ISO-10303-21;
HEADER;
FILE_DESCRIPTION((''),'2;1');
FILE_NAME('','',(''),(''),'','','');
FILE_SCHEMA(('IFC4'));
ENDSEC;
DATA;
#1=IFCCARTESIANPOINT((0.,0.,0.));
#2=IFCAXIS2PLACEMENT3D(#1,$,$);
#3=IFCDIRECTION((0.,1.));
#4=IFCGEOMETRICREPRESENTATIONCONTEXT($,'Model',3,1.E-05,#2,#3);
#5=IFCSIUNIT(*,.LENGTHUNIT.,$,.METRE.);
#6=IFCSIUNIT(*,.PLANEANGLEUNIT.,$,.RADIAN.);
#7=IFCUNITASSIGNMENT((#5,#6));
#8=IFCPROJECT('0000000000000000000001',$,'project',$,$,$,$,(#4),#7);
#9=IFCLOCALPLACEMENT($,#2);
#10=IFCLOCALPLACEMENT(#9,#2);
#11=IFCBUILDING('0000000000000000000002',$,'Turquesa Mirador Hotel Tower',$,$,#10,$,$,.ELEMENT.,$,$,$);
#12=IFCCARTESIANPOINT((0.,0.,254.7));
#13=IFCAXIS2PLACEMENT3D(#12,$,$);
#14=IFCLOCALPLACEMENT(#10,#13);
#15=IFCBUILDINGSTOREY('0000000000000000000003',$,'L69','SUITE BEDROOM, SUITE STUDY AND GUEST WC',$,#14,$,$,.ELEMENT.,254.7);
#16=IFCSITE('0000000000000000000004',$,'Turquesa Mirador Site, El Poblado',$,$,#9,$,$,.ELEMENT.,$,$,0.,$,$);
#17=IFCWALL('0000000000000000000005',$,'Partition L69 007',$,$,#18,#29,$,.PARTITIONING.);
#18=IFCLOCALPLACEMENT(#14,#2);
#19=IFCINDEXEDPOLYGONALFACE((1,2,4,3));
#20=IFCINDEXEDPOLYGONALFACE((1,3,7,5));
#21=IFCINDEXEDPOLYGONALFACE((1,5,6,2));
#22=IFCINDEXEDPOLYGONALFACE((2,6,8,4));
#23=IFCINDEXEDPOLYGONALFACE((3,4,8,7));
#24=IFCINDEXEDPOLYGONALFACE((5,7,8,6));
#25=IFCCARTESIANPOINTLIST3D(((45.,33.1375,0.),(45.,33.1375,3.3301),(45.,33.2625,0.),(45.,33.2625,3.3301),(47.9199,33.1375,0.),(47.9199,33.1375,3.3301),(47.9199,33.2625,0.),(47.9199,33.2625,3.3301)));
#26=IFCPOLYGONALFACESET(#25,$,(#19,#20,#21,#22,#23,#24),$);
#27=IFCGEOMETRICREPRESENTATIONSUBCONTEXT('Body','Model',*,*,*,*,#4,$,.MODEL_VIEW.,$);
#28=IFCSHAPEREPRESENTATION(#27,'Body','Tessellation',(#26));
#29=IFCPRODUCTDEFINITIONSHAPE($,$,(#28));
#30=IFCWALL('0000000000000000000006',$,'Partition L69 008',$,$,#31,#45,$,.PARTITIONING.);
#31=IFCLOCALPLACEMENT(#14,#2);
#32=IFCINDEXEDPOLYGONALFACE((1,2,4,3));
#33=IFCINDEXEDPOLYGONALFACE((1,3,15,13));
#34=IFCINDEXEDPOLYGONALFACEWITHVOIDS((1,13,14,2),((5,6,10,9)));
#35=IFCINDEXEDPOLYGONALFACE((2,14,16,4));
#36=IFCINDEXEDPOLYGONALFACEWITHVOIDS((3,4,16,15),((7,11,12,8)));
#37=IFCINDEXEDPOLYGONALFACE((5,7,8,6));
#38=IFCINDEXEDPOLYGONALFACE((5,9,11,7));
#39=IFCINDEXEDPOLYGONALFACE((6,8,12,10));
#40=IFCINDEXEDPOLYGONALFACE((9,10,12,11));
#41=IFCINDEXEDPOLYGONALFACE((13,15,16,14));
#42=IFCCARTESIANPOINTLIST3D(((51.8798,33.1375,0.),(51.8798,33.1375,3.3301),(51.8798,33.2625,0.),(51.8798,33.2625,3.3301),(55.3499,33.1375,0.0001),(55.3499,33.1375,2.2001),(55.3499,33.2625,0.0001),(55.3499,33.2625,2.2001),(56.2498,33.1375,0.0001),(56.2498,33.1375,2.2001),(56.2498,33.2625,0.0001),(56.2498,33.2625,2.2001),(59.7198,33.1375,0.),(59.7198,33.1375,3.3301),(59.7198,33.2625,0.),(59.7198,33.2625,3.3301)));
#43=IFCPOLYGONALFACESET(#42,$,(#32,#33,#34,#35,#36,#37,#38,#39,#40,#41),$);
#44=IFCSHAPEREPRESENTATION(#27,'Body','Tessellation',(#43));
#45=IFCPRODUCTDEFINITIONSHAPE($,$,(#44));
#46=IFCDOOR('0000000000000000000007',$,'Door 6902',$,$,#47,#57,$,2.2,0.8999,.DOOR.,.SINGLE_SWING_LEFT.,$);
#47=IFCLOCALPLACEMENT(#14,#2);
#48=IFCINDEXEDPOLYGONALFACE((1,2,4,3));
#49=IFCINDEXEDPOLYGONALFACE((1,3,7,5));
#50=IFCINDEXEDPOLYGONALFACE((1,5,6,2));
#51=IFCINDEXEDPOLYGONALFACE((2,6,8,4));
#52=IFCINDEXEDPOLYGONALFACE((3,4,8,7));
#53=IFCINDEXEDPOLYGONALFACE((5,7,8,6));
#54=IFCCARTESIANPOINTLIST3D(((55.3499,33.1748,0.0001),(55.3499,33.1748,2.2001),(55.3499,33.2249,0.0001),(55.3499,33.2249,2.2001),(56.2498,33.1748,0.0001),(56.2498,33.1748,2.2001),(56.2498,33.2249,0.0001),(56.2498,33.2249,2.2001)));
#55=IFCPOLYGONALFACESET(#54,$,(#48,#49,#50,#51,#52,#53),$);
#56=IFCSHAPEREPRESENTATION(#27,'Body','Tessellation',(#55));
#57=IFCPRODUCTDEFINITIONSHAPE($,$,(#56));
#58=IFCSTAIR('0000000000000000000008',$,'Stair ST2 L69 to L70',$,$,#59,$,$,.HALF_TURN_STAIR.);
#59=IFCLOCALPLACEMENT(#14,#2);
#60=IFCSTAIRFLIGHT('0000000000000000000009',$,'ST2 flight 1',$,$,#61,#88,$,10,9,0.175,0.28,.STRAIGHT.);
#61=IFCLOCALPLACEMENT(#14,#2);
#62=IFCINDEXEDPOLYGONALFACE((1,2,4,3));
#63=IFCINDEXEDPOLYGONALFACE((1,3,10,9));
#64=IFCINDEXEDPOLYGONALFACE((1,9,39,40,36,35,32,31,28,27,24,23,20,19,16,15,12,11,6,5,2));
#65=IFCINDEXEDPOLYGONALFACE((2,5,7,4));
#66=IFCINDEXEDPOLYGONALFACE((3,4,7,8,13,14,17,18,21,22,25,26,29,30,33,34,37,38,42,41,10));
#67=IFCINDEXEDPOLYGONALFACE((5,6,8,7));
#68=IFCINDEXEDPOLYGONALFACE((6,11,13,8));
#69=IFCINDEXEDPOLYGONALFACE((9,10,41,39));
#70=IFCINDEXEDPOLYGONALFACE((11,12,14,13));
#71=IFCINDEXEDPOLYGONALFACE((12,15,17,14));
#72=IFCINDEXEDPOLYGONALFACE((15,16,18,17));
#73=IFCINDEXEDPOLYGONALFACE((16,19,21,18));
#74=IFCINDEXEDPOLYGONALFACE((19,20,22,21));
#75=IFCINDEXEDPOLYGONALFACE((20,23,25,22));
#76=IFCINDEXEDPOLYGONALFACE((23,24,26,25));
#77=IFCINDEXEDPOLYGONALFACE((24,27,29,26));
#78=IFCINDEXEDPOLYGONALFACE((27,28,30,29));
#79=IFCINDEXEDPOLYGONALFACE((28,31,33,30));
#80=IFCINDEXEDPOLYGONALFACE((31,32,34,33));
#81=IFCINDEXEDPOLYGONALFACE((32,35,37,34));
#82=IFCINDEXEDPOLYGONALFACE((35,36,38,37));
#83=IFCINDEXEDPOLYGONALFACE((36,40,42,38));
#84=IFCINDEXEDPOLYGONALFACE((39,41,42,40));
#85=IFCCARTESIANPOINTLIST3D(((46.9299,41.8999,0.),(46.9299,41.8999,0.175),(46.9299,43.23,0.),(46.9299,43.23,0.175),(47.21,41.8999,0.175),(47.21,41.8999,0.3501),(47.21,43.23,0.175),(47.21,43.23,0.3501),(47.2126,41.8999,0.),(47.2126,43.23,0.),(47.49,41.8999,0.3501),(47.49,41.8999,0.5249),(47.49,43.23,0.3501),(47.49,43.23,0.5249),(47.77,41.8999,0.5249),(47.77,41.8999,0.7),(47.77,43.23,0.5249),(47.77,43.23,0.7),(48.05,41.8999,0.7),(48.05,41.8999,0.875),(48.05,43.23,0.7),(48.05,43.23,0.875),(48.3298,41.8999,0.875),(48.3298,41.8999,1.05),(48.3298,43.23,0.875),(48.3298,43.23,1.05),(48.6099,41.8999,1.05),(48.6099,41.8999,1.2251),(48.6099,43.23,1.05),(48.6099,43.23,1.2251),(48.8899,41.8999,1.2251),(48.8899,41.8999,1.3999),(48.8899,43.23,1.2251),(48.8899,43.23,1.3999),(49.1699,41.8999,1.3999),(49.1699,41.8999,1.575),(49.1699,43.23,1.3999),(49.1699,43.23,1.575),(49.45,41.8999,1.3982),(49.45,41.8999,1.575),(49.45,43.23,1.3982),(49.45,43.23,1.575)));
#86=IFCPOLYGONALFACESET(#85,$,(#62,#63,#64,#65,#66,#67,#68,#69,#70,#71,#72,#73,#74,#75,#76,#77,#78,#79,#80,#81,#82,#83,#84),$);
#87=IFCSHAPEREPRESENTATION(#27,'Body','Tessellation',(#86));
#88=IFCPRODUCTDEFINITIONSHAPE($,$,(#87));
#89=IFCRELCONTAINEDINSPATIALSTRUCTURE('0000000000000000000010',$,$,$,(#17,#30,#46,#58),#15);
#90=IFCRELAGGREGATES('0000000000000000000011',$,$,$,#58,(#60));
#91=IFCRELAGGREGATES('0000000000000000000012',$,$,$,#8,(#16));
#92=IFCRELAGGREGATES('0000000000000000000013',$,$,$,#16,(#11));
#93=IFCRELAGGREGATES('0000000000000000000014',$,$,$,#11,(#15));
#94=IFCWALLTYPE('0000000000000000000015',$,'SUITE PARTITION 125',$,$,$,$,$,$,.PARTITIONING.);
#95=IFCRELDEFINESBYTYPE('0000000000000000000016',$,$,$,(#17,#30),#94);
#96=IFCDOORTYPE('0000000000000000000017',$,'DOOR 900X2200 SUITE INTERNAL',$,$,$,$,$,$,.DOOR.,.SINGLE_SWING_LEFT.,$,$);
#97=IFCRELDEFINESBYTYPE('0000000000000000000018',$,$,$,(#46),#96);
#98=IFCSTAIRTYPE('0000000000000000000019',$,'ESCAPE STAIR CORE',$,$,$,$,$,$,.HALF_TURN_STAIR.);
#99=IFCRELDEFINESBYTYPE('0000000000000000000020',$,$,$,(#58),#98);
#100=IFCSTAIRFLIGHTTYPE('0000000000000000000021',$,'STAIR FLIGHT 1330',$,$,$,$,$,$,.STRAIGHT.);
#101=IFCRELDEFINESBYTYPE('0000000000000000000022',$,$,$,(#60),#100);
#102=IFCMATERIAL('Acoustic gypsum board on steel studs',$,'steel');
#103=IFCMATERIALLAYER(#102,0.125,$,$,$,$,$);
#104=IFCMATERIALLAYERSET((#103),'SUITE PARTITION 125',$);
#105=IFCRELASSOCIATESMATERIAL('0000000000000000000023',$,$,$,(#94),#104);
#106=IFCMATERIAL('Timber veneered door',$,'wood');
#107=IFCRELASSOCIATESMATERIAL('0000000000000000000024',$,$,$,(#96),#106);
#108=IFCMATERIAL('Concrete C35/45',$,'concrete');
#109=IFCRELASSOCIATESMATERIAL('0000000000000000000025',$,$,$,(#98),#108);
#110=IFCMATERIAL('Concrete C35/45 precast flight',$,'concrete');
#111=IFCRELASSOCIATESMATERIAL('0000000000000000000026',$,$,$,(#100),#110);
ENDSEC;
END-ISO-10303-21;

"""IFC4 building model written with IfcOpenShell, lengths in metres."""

from ifc_helpers import new_model, si_unit, direction, frame, frame_2d, origin, place, context, subcontext, project, spatial, polyline, rectangle, outline, extrude, material, layer, layer_set, type_object, element, fill, aggregate, save


model = new_model("IFC4")

# Units and contexts
model_context = context("Model", 3, precision=1e-05, world=origin(), true_north=direction((0.0, 1.0)))
body_context = subcontext(model_context, "Body", "Model", "MODEL_VIEW")
ifc_project = project(units=[si_unit("LENGTHUNIT", "METRE"), si_unit("PLANEANGLEUNIT", "RADIAN")], contexts=[model_context])

# Site, building, storey
site_placement = place(None, origin())
site = spatial("IfcSite", under=ifc_project, at=site_placement, Name="Turquesa Mirador Site, El Poblado", CompositionType="ELEMENT", RefElevation=0.0)
building_placement = place(site_placement, origin())
building = spatial("IfcBuilding", under=site, at=building_placement, Name="Turquesa Mirador Hotel Tower", CompositionType="ELEMENT")
storey_placement = place(building_placement, frame((0.0, 0.0, 254.7)))
storey = spatial("IfcBuildingStorey", under=building, at=storey_placement, Name="L69", Description="SUITE BEDROOM, SUITE STUDY AND GUEST WC", CompositionType="ELEMENT", Elevation=254.7)

# Wall
ifc_material_1 = material(Name="Acoustic gypsum board on steel studs", Category="steel")
ifc_layer_1 = layer(ifc_material_1, 0.125)
ifc_layer_set_1 = layer_set([ifc_layer_1], Name="SUITE PARTITION 125")
wall_type_1 = type_object("IfcWallType", Name="SUITE PARTITION 125", PredefinedType="PARTITIONING", material=ifc_layer_set_1)
wall_1_placement = place(storey_placement, frame((45.0, 33.2, 0.0), z_axis=(0.0, 0.0, 1.0), x_axis=(1.0, 0.0, 0.0)))
element("IfcWall", 1, at=wall_1_placement, inside=storey, type_object=wall_type_1, Name="Partition L69 007", PredefinedType="PARTITIONING", context=body_context, shape_type="SweptSolid", body=[
    extrude(rectangle(XDim=2.9199, YDim=0.125, at=frame_2d((1.46, 0.0))), origin(), (0.0, 0.0, 1.0), 3.3301),
])

# Wall, opening, door
wall_2_placement = place(storey_placement, frame((51.8799, 33.2, 0.0), z_axis=(0.0, 0.0, 1.0), x_axis=(1.0, 0.0, 0.0)))
wall_2 = element("IfcWall", 2, at=wall_2_placement, inside=storey, type_object=wall_type_1, Name="Partition L69 008", PredefinedType="PARTITIONING", context=body_context, shape_type="SweptSolid", body=[
    extrude(rectangle(XDim=7.8401, YDim=0.125, at=frame_2d((3.9199, 0.0))), origin(), (0.0, 0.0, 1.0), 3.3301),
])
opening_1_placement = place(wall_2_placement, frame((3.47, 0.0, 0.0)))
opening_1 = element("IfcOpeningElement", 3, at=opening_1_placement, cuts=wall_2, PredefinedType="OPENING", context=body_context, shape_type="SweptSolid", body=[
    extrude(rectangle(XDim=0.8999, YDim=2.2, at=frame_2d((0.45, 1.1001))), frame((0.0, 0.0725, 0.0), z_axis=(0.0, -1.0, 0.0), x_axis=(1.0, 0.0, 0.0)), (0.0, 0.0, 1.0), 0.145),
])
ifc_material_2 = material(Name="Timber veneered door", Category="wood")
door_type_1 = type_object("IfcDoorType", Name="DOOR 900X2200 SUITE INTERNAL", OperationType="SINGLE_SWING_LEFT", PredefinedType="DOOR", material=ifc_material_2)
door_1_placement = place(opening_1_placement, origin())
door_1 = element("IfcDoor", 4, at=door_1_placement, inside=storey, type_object=door_type_1, Name="Door 6902", OperationType="SINGLE_SWING_LEFT", OverallHeight=2.2, OverallWidth=0.8999, PredefinedType="DOOR", context=body_context, shape_type="SweptSolid", body=[
    extrude(rectangle(XDim=0.8999, YDim=2.2, at=frame_2d((0.45, 1.1001))), frame((0.0, 0.0249, 0.0), z_axis=(0.0, -1.0, 0.0), x_axis=(1.0, 0.0, 0.0)), (0.0, 0.0, 1.0), 0.05),
])
fill(opening_1, door_1)

# Stair, stair flight
ifc_material_3 = material(Name="Concrete C35/45", Category="concrete")
stair_type = type_object("IfcStairType", Name="ESCAPE STAIR CORE", PredefinedType="HALF_TURN_STAIR", material=ifc_material_3)
stair_placement = place(storey_placement, origin())
stair = element("IfcStair", 5, at=stair_placement, inside=storey, type_object=stair_type, Name="Stair ST2 L69 to L70", PredefinedType="HALF_TURN_STAIR")
ifc_material_4 = material(Name="Concrete C35/45 precast flight", Category="concrete")
stair_flight_type = type_object("IfcStairFlightType", Name="STAIR FLIGHT 1330", PredefinedType="STRAIGHT", material=ifc_material_4)
stair_flight_placement = place(storey_placement, frame((46.9299, 42.5649, 0.0), z_axis=(0.0, 0.0, 1.0), x_axis=(1.0, 0.0, 0.0)))
stair_flight = element("IfcStairFlight", 6, at=stair_flight_placement, type_object=stair_flight_type, Name="ST2 flight 1", NumberOfRisers=10, NumberOfTreads=9, PredefinedType="STRAIGHT", RiserHeight=0.175, TreadLength=0.28, context=body_context, shape_type="SweptSolid", body=[
    extrude(outline(polyline([(0.0, 0.0), (0.0, 0.175), (0.28, 0.175), (0.28, 0.3501), (0.5601, 0.3501), (0.5601, 0.5249), (0.8401, 0.5249), (0.8401, 0.7), (1.1201, 0.7), (1.1201, 0.875), (1.3999, 0.875), (1.3999, 1.05), (1.6799, 1.05), (1.6799, 1.2251), (1.96, 1.2251), (1.96, 1.3999), (2.24, 1.3999), (2.24, 1.575), (2.52, 1.575), (2.52, 1.75), (2.52, 1.3982), (0.2827, 0.0), (0.0, 0.0)])), frame((0.0, 0.665, 0.0), z_axis=(0.0, -1.0, 0.0), x_axis=(1.0, 0.0, 0.0)), (0.0, 0.0, 1.0), 1.3301),
])
aggregate(stair, [stair_flight])

save(model, "model.ifc")
